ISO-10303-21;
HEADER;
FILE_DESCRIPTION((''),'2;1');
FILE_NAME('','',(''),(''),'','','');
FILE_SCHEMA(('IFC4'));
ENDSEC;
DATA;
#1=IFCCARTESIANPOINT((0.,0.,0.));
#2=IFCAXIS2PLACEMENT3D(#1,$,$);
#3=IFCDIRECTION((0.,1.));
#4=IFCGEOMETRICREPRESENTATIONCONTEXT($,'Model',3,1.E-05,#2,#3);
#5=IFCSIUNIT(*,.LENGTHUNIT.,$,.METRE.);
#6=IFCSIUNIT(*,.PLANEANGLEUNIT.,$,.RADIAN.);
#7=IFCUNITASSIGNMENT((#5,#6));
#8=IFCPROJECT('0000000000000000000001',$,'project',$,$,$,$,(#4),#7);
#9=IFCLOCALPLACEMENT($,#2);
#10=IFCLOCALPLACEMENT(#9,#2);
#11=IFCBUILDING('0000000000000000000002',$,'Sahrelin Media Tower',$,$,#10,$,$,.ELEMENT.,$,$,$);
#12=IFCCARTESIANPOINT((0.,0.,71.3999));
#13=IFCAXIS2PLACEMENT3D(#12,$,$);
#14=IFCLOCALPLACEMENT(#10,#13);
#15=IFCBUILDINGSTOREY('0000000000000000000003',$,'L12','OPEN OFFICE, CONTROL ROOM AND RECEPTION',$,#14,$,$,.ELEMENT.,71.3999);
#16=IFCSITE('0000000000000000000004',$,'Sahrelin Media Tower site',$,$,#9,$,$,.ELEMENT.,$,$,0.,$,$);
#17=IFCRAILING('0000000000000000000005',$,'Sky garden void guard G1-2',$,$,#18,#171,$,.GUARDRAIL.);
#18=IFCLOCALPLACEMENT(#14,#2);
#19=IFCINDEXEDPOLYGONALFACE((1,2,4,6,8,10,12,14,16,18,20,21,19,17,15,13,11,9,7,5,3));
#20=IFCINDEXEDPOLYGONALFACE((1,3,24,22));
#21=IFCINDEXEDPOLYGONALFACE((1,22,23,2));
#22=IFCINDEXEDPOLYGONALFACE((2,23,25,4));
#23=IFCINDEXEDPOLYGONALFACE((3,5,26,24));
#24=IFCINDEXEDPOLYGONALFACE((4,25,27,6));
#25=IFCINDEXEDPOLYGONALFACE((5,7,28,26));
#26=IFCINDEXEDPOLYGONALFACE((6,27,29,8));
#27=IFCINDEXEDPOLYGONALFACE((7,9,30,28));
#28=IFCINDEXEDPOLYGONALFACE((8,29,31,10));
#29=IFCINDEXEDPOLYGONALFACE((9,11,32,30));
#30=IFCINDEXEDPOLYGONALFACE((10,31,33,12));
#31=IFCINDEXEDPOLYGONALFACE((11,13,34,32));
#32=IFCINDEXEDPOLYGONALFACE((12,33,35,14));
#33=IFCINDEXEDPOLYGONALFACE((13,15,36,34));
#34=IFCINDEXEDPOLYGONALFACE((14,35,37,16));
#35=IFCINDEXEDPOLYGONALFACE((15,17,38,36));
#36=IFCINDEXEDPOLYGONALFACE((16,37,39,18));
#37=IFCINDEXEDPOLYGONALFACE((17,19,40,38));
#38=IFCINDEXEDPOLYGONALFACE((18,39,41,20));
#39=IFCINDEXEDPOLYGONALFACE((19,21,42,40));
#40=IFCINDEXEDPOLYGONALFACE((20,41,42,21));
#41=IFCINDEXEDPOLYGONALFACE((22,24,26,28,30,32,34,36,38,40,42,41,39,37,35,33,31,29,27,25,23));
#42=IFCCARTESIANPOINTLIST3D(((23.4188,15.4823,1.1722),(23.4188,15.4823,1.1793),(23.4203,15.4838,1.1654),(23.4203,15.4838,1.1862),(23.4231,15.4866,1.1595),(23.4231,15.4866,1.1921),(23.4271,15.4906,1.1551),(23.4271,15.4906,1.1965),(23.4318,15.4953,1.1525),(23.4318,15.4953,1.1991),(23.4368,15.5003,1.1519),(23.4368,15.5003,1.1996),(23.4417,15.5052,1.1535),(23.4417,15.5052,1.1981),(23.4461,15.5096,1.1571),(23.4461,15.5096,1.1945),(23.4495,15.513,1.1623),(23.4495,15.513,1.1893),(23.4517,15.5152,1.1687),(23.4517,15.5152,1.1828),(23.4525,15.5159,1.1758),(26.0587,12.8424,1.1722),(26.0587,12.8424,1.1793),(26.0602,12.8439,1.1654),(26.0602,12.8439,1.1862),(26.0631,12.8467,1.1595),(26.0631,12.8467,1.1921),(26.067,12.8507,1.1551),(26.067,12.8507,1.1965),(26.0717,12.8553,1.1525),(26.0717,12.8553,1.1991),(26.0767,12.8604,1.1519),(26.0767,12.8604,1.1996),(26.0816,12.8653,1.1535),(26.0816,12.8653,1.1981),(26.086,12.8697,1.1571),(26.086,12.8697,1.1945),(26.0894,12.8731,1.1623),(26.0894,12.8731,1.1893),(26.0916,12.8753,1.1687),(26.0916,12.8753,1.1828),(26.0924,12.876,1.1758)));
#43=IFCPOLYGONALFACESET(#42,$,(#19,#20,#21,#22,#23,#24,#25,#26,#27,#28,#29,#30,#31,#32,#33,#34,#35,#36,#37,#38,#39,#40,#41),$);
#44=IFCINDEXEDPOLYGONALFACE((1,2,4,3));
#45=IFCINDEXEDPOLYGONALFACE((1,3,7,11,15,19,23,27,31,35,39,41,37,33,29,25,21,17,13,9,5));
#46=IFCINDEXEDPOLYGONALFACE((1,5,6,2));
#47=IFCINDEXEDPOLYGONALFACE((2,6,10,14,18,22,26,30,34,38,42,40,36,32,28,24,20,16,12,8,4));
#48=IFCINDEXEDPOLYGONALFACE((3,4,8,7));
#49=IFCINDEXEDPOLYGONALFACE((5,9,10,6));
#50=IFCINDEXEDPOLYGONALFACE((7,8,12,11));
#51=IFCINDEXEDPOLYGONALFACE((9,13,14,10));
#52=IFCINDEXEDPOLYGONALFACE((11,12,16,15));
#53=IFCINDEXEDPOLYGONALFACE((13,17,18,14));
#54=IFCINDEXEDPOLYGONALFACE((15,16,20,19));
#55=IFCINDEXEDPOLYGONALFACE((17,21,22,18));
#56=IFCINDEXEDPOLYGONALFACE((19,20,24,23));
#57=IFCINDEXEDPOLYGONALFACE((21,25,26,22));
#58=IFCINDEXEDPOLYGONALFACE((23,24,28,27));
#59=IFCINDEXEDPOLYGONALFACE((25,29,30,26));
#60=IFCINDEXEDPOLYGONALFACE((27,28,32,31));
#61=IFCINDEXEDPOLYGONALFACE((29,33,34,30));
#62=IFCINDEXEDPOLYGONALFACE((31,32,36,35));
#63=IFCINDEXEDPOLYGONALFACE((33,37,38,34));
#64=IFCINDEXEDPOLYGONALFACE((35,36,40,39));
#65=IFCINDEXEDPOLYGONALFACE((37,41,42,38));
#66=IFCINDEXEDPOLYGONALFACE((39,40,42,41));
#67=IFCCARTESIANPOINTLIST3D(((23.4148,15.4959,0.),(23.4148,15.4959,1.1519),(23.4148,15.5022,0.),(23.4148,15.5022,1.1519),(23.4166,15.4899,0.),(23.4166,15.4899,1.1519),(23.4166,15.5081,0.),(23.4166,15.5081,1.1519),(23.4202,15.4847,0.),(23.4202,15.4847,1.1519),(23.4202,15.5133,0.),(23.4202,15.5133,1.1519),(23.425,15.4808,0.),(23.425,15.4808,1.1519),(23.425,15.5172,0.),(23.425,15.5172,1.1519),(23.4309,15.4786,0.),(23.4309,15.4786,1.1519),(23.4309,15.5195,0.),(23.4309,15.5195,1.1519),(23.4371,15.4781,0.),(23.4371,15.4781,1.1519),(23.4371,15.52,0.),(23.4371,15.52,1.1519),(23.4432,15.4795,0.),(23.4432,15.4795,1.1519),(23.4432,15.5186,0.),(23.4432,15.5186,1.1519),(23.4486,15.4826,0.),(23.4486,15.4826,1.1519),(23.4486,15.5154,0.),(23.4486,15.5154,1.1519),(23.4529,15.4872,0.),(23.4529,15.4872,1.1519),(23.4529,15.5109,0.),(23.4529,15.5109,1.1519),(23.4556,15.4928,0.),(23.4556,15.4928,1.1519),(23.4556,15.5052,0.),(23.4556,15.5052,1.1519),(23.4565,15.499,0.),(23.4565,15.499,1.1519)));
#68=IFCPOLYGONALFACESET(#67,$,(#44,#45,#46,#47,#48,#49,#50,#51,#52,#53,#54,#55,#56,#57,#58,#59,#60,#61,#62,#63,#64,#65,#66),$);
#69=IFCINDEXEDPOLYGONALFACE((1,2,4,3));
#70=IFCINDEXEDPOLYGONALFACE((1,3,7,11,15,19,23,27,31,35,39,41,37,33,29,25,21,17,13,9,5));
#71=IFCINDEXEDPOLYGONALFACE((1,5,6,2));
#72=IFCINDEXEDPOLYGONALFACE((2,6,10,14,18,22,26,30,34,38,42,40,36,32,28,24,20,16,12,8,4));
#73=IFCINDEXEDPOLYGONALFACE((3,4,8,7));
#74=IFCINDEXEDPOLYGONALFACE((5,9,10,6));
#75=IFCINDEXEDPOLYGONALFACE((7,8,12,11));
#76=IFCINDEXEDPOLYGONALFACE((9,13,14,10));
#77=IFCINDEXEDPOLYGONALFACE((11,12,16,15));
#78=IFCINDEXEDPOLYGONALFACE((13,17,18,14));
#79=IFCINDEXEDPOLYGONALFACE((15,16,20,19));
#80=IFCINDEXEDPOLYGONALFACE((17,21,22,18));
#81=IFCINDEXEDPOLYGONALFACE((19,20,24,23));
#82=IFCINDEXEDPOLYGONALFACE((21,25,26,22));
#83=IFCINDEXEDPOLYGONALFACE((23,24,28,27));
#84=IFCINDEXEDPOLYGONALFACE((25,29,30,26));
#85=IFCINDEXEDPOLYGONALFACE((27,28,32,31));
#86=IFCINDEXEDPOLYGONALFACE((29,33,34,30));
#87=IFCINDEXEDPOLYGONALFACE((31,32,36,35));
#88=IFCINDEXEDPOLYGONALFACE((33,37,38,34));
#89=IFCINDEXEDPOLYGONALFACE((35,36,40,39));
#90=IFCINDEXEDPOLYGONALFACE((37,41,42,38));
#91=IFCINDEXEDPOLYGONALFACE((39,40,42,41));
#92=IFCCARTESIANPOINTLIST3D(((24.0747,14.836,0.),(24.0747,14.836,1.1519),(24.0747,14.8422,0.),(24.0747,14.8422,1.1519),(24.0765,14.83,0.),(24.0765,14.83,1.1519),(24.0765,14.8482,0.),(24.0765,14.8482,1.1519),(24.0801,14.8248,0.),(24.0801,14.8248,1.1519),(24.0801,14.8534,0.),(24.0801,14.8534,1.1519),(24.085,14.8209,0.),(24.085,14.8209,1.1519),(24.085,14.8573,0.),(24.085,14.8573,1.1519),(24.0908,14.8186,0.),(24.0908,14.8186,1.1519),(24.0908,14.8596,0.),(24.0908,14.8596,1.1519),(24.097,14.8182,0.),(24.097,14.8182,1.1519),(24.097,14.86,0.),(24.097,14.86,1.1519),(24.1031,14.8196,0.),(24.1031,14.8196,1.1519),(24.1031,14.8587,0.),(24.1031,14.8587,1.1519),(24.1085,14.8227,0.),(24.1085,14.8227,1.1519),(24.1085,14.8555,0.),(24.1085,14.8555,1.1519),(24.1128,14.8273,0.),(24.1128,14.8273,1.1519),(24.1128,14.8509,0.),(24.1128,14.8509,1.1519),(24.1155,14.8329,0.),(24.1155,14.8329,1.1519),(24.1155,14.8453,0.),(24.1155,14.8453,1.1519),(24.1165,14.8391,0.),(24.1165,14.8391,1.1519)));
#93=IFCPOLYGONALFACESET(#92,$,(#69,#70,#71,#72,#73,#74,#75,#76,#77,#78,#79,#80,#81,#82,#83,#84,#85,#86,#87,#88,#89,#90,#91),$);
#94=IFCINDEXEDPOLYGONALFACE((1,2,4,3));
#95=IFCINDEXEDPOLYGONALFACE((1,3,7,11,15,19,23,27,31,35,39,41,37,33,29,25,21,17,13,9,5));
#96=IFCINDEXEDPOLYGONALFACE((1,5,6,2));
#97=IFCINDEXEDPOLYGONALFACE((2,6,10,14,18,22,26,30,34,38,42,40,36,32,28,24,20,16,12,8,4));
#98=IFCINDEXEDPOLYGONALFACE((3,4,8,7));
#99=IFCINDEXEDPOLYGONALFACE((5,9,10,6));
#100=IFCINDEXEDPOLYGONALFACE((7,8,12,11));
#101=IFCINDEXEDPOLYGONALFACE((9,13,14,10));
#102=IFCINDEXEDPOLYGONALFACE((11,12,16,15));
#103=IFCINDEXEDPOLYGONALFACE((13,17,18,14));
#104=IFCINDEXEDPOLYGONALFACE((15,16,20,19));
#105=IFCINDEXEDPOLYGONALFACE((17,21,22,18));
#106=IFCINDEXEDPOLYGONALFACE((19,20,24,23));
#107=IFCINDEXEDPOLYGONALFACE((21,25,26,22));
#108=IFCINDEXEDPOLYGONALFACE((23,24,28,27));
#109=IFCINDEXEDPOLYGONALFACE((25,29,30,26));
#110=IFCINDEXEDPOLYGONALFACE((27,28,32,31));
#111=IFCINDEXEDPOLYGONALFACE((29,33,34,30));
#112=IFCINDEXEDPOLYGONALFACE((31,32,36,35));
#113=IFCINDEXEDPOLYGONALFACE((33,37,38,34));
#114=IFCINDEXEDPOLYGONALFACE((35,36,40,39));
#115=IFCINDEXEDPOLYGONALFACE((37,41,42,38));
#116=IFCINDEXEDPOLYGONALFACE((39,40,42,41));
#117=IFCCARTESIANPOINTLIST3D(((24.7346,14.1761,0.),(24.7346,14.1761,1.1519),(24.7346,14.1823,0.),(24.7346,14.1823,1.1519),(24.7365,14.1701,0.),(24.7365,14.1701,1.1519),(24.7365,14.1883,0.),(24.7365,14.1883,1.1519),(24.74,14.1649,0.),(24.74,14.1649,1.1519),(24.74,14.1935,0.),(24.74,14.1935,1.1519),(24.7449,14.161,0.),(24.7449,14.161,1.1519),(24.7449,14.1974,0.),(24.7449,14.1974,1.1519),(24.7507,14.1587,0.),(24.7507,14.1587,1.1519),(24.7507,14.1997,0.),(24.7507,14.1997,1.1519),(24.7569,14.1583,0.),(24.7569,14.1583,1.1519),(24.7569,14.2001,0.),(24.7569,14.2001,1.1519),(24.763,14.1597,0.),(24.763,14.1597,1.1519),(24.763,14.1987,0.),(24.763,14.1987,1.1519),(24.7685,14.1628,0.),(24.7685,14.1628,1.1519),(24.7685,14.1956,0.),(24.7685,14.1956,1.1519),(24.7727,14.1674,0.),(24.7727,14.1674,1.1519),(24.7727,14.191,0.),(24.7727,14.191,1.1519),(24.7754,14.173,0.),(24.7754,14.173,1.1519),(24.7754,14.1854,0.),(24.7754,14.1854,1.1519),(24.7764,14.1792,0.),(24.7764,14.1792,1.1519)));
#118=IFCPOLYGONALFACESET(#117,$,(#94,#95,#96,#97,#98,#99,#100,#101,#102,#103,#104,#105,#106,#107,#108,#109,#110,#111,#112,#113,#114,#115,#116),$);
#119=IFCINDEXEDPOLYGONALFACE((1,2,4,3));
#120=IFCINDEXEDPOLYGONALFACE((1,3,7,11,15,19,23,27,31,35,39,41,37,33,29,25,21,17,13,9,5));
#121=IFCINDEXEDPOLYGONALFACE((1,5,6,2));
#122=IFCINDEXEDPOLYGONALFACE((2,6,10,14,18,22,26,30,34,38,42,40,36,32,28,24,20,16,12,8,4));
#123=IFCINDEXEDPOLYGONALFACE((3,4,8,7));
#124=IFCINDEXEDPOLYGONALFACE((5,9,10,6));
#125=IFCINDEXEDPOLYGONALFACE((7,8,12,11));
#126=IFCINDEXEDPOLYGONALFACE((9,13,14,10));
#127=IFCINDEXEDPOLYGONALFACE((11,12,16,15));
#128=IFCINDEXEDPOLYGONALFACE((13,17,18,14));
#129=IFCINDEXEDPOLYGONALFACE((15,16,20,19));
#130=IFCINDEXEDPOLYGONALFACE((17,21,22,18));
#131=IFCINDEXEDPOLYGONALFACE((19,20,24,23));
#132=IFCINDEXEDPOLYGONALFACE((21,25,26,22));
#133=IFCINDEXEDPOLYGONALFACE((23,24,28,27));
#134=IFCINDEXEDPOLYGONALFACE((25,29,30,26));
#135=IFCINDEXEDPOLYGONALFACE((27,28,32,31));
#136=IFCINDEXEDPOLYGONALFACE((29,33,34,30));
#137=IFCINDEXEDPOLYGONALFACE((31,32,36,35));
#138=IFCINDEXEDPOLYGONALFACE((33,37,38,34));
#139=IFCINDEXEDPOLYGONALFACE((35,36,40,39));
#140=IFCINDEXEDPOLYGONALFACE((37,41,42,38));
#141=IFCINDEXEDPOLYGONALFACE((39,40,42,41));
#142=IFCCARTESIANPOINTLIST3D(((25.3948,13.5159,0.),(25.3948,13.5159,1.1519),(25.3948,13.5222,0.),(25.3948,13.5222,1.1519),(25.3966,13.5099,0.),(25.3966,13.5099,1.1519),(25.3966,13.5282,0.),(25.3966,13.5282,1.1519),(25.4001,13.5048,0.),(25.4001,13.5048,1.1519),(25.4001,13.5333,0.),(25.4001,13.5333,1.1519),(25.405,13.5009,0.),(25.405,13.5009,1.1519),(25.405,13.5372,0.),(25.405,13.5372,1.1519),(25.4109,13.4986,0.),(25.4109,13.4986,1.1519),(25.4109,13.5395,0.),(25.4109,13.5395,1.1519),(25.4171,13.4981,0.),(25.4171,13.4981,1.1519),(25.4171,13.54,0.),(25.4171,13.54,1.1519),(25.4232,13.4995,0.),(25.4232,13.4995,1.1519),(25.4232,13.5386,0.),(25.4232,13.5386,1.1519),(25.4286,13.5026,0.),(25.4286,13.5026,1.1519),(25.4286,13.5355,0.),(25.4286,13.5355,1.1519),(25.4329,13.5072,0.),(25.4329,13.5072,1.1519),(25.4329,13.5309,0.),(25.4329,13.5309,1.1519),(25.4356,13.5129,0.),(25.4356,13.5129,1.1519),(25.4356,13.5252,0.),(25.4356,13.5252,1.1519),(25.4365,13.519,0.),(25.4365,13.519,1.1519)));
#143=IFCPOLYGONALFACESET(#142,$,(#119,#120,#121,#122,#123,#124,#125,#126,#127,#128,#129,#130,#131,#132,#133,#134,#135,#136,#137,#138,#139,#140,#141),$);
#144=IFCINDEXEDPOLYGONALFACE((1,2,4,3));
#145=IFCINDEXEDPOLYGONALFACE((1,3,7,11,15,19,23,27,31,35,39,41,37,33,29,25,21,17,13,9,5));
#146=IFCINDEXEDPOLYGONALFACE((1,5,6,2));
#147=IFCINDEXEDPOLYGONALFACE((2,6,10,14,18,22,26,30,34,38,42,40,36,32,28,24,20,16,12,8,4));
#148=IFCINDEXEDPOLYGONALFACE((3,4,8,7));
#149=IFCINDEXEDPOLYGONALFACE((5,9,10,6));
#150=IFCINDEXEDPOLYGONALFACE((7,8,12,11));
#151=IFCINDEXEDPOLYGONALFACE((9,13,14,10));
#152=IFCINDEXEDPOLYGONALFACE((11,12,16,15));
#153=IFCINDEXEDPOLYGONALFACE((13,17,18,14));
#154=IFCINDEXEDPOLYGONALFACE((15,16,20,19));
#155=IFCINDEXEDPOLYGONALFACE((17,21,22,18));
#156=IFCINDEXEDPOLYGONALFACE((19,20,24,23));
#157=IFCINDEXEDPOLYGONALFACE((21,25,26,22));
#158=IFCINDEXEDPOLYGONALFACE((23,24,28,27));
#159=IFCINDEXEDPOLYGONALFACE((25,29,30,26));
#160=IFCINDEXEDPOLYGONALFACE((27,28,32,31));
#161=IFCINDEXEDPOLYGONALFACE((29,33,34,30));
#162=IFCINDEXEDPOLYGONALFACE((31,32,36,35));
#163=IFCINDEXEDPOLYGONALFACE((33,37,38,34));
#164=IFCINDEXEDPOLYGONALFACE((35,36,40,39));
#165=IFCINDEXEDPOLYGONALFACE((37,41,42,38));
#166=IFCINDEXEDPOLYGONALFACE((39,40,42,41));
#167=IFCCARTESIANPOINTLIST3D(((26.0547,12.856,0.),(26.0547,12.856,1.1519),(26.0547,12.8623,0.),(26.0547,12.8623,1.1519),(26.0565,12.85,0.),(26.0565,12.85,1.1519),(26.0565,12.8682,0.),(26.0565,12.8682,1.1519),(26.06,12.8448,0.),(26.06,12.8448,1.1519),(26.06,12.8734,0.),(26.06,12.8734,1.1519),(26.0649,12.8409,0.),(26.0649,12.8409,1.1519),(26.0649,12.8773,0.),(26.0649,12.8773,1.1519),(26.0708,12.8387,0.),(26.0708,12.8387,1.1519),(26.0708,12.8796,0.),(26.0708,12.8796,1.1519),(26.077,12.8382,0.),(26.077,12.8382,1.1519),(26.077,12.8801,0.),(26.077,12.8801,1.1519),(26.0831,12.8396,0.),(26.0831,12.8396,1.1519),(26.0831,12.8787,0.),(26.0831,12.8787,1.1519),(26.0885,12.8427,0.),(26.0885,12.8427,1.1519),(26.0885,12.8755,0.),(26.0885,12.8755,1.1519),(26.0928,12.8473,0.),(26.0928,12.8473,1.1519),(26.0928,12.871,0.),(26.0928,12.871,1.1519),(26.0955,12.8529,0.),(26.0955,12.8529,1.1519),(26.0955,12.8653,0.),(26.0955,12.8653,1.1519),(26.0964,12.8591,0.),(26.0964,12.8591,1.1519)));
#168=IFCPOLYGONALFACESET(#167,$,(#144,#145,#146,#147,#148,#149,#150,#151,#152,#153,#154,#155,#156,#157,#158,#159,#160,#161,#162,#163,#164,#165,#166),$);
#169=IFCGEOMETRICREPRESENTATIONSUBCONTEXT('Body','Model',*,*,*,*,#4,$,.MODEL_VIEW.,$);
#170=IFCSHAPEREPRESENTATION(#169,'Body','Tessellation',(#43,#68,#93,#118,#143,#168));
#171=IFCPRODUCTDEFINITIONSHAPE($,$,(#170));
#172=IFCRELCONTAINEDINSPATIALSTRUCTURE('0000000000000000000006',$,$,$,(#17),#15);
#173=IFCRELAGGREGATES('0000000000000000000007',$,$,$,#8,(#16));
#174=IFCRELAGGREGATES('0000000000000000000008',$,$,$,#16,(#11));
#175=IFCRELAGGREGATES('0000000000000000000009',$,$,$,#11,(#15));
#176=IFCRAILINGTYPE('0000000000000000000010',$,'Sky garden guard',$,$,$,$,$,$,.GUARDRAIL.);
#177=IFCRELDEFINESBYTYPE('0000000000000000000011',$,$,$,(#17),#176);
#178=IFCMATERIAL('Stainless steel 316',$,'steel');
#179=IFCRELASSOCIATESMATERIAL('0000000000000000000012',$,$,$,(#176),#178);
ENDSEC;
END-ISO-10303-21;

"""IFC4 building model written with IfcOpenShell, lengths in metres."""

from ifc_helpers import new_model, si_unit, direction, frame, origin, origin_2d, place, context, subcontext, project, spatial, circle, extrude, material, type_object, element, save


model = new_model("IFC4")

# Units and contexts
model_context = context("Model", 3, precision=1e-05, world=origin(), true_north=direction((0.0, 1.0)))
body_context = subcontext(model_context, "Body", "Model", "MODEL_VIEW")
ifc_project = project(units=[si_unit("LENGTHUNIT", "METRE"), si_unit("PLANEANGLEUNIT", "RADIAN")], contexts=[model_context])

# Site, building, storey
site_placement = place(None, origin())
site = spatial("IfcSite", under=ifc_project, at=site_placement, Name="Sahrelin Media Tower site", CompositionType="ELEMENT", RefElevation=0.0)
building_placement = place(site_placement, origin())
building = spatial("IfcBuilding", under=site, at=building_placement, Name="Sahrelin Media Tower", CompositionType="ELEMENT")
storey_placement = place(building_placement, frame((0.0, 0.0, 71.3999)))
storey = spatial("IfcBuildingStorey", under=building, at=storey_placement, Name="L12", Description="OPEN OFFICE, CONTROL ROOM AND RECEPTION", CompositionType="ELEMENT", Elevation=71.3999)

# Railing
ifc_material_1 = material(Name="Stainless steel 316", Category="steel")
railing_type = type_object("IfcRailingType", Name="Sky garden guard", PredefinedType="GUARDRAIL", material=ifc_material_1)
railing_placement = place(storey_placement, frame((23.4355, 15.499, 0.0)))
element("IfcRailing", 1, at=railing_placement, inside=storey, type_object=railing_type, Name="Sky garden void guard G1-2", PredefinedType="GUARDRAIL", context=body_context, shape_type="SweptSolid", body=[
    extrude(circle(Radius=0.0239, at=origin_2d()), frame((0.0, 0.0, 1.1758), z_axis=(0.707107, -0.707107, 0.0), x_axis=(0.707107, 0.707107, 0.0)), (0.0, 0.0, 1.0), 3.7334),
    extrude(circle(Radius=0.021, at=origin_2d()), origin(), (0.0, 0.0, 1.0), 1.1519),
    extrude(circle(Radius=0.021, at=origin_2d()), frame((0.6599, -0.6599, 0.0)), (0.0, 0.0, 1.0), 1.1519),
    extrude(circle(Radius=0.021, at=origin_2d()), frame((1.3198, -1.3198, 0.0)), (0.0, 0.0, 1.0), 1.1519),
    extrude(circle(Radius=0.021, at=origin_2d()), frame((1.98, -1.98, 0.0)), (0.0, 0.0, 1.0), 1.1519),
    extrude(circle(Radius=0.021, at=origin_2d()), frame((2.6399, -2.6399, 0.0)), (0.0, 0.0, 1.0), 1.1519),
])

save(model, "model.ifc")
